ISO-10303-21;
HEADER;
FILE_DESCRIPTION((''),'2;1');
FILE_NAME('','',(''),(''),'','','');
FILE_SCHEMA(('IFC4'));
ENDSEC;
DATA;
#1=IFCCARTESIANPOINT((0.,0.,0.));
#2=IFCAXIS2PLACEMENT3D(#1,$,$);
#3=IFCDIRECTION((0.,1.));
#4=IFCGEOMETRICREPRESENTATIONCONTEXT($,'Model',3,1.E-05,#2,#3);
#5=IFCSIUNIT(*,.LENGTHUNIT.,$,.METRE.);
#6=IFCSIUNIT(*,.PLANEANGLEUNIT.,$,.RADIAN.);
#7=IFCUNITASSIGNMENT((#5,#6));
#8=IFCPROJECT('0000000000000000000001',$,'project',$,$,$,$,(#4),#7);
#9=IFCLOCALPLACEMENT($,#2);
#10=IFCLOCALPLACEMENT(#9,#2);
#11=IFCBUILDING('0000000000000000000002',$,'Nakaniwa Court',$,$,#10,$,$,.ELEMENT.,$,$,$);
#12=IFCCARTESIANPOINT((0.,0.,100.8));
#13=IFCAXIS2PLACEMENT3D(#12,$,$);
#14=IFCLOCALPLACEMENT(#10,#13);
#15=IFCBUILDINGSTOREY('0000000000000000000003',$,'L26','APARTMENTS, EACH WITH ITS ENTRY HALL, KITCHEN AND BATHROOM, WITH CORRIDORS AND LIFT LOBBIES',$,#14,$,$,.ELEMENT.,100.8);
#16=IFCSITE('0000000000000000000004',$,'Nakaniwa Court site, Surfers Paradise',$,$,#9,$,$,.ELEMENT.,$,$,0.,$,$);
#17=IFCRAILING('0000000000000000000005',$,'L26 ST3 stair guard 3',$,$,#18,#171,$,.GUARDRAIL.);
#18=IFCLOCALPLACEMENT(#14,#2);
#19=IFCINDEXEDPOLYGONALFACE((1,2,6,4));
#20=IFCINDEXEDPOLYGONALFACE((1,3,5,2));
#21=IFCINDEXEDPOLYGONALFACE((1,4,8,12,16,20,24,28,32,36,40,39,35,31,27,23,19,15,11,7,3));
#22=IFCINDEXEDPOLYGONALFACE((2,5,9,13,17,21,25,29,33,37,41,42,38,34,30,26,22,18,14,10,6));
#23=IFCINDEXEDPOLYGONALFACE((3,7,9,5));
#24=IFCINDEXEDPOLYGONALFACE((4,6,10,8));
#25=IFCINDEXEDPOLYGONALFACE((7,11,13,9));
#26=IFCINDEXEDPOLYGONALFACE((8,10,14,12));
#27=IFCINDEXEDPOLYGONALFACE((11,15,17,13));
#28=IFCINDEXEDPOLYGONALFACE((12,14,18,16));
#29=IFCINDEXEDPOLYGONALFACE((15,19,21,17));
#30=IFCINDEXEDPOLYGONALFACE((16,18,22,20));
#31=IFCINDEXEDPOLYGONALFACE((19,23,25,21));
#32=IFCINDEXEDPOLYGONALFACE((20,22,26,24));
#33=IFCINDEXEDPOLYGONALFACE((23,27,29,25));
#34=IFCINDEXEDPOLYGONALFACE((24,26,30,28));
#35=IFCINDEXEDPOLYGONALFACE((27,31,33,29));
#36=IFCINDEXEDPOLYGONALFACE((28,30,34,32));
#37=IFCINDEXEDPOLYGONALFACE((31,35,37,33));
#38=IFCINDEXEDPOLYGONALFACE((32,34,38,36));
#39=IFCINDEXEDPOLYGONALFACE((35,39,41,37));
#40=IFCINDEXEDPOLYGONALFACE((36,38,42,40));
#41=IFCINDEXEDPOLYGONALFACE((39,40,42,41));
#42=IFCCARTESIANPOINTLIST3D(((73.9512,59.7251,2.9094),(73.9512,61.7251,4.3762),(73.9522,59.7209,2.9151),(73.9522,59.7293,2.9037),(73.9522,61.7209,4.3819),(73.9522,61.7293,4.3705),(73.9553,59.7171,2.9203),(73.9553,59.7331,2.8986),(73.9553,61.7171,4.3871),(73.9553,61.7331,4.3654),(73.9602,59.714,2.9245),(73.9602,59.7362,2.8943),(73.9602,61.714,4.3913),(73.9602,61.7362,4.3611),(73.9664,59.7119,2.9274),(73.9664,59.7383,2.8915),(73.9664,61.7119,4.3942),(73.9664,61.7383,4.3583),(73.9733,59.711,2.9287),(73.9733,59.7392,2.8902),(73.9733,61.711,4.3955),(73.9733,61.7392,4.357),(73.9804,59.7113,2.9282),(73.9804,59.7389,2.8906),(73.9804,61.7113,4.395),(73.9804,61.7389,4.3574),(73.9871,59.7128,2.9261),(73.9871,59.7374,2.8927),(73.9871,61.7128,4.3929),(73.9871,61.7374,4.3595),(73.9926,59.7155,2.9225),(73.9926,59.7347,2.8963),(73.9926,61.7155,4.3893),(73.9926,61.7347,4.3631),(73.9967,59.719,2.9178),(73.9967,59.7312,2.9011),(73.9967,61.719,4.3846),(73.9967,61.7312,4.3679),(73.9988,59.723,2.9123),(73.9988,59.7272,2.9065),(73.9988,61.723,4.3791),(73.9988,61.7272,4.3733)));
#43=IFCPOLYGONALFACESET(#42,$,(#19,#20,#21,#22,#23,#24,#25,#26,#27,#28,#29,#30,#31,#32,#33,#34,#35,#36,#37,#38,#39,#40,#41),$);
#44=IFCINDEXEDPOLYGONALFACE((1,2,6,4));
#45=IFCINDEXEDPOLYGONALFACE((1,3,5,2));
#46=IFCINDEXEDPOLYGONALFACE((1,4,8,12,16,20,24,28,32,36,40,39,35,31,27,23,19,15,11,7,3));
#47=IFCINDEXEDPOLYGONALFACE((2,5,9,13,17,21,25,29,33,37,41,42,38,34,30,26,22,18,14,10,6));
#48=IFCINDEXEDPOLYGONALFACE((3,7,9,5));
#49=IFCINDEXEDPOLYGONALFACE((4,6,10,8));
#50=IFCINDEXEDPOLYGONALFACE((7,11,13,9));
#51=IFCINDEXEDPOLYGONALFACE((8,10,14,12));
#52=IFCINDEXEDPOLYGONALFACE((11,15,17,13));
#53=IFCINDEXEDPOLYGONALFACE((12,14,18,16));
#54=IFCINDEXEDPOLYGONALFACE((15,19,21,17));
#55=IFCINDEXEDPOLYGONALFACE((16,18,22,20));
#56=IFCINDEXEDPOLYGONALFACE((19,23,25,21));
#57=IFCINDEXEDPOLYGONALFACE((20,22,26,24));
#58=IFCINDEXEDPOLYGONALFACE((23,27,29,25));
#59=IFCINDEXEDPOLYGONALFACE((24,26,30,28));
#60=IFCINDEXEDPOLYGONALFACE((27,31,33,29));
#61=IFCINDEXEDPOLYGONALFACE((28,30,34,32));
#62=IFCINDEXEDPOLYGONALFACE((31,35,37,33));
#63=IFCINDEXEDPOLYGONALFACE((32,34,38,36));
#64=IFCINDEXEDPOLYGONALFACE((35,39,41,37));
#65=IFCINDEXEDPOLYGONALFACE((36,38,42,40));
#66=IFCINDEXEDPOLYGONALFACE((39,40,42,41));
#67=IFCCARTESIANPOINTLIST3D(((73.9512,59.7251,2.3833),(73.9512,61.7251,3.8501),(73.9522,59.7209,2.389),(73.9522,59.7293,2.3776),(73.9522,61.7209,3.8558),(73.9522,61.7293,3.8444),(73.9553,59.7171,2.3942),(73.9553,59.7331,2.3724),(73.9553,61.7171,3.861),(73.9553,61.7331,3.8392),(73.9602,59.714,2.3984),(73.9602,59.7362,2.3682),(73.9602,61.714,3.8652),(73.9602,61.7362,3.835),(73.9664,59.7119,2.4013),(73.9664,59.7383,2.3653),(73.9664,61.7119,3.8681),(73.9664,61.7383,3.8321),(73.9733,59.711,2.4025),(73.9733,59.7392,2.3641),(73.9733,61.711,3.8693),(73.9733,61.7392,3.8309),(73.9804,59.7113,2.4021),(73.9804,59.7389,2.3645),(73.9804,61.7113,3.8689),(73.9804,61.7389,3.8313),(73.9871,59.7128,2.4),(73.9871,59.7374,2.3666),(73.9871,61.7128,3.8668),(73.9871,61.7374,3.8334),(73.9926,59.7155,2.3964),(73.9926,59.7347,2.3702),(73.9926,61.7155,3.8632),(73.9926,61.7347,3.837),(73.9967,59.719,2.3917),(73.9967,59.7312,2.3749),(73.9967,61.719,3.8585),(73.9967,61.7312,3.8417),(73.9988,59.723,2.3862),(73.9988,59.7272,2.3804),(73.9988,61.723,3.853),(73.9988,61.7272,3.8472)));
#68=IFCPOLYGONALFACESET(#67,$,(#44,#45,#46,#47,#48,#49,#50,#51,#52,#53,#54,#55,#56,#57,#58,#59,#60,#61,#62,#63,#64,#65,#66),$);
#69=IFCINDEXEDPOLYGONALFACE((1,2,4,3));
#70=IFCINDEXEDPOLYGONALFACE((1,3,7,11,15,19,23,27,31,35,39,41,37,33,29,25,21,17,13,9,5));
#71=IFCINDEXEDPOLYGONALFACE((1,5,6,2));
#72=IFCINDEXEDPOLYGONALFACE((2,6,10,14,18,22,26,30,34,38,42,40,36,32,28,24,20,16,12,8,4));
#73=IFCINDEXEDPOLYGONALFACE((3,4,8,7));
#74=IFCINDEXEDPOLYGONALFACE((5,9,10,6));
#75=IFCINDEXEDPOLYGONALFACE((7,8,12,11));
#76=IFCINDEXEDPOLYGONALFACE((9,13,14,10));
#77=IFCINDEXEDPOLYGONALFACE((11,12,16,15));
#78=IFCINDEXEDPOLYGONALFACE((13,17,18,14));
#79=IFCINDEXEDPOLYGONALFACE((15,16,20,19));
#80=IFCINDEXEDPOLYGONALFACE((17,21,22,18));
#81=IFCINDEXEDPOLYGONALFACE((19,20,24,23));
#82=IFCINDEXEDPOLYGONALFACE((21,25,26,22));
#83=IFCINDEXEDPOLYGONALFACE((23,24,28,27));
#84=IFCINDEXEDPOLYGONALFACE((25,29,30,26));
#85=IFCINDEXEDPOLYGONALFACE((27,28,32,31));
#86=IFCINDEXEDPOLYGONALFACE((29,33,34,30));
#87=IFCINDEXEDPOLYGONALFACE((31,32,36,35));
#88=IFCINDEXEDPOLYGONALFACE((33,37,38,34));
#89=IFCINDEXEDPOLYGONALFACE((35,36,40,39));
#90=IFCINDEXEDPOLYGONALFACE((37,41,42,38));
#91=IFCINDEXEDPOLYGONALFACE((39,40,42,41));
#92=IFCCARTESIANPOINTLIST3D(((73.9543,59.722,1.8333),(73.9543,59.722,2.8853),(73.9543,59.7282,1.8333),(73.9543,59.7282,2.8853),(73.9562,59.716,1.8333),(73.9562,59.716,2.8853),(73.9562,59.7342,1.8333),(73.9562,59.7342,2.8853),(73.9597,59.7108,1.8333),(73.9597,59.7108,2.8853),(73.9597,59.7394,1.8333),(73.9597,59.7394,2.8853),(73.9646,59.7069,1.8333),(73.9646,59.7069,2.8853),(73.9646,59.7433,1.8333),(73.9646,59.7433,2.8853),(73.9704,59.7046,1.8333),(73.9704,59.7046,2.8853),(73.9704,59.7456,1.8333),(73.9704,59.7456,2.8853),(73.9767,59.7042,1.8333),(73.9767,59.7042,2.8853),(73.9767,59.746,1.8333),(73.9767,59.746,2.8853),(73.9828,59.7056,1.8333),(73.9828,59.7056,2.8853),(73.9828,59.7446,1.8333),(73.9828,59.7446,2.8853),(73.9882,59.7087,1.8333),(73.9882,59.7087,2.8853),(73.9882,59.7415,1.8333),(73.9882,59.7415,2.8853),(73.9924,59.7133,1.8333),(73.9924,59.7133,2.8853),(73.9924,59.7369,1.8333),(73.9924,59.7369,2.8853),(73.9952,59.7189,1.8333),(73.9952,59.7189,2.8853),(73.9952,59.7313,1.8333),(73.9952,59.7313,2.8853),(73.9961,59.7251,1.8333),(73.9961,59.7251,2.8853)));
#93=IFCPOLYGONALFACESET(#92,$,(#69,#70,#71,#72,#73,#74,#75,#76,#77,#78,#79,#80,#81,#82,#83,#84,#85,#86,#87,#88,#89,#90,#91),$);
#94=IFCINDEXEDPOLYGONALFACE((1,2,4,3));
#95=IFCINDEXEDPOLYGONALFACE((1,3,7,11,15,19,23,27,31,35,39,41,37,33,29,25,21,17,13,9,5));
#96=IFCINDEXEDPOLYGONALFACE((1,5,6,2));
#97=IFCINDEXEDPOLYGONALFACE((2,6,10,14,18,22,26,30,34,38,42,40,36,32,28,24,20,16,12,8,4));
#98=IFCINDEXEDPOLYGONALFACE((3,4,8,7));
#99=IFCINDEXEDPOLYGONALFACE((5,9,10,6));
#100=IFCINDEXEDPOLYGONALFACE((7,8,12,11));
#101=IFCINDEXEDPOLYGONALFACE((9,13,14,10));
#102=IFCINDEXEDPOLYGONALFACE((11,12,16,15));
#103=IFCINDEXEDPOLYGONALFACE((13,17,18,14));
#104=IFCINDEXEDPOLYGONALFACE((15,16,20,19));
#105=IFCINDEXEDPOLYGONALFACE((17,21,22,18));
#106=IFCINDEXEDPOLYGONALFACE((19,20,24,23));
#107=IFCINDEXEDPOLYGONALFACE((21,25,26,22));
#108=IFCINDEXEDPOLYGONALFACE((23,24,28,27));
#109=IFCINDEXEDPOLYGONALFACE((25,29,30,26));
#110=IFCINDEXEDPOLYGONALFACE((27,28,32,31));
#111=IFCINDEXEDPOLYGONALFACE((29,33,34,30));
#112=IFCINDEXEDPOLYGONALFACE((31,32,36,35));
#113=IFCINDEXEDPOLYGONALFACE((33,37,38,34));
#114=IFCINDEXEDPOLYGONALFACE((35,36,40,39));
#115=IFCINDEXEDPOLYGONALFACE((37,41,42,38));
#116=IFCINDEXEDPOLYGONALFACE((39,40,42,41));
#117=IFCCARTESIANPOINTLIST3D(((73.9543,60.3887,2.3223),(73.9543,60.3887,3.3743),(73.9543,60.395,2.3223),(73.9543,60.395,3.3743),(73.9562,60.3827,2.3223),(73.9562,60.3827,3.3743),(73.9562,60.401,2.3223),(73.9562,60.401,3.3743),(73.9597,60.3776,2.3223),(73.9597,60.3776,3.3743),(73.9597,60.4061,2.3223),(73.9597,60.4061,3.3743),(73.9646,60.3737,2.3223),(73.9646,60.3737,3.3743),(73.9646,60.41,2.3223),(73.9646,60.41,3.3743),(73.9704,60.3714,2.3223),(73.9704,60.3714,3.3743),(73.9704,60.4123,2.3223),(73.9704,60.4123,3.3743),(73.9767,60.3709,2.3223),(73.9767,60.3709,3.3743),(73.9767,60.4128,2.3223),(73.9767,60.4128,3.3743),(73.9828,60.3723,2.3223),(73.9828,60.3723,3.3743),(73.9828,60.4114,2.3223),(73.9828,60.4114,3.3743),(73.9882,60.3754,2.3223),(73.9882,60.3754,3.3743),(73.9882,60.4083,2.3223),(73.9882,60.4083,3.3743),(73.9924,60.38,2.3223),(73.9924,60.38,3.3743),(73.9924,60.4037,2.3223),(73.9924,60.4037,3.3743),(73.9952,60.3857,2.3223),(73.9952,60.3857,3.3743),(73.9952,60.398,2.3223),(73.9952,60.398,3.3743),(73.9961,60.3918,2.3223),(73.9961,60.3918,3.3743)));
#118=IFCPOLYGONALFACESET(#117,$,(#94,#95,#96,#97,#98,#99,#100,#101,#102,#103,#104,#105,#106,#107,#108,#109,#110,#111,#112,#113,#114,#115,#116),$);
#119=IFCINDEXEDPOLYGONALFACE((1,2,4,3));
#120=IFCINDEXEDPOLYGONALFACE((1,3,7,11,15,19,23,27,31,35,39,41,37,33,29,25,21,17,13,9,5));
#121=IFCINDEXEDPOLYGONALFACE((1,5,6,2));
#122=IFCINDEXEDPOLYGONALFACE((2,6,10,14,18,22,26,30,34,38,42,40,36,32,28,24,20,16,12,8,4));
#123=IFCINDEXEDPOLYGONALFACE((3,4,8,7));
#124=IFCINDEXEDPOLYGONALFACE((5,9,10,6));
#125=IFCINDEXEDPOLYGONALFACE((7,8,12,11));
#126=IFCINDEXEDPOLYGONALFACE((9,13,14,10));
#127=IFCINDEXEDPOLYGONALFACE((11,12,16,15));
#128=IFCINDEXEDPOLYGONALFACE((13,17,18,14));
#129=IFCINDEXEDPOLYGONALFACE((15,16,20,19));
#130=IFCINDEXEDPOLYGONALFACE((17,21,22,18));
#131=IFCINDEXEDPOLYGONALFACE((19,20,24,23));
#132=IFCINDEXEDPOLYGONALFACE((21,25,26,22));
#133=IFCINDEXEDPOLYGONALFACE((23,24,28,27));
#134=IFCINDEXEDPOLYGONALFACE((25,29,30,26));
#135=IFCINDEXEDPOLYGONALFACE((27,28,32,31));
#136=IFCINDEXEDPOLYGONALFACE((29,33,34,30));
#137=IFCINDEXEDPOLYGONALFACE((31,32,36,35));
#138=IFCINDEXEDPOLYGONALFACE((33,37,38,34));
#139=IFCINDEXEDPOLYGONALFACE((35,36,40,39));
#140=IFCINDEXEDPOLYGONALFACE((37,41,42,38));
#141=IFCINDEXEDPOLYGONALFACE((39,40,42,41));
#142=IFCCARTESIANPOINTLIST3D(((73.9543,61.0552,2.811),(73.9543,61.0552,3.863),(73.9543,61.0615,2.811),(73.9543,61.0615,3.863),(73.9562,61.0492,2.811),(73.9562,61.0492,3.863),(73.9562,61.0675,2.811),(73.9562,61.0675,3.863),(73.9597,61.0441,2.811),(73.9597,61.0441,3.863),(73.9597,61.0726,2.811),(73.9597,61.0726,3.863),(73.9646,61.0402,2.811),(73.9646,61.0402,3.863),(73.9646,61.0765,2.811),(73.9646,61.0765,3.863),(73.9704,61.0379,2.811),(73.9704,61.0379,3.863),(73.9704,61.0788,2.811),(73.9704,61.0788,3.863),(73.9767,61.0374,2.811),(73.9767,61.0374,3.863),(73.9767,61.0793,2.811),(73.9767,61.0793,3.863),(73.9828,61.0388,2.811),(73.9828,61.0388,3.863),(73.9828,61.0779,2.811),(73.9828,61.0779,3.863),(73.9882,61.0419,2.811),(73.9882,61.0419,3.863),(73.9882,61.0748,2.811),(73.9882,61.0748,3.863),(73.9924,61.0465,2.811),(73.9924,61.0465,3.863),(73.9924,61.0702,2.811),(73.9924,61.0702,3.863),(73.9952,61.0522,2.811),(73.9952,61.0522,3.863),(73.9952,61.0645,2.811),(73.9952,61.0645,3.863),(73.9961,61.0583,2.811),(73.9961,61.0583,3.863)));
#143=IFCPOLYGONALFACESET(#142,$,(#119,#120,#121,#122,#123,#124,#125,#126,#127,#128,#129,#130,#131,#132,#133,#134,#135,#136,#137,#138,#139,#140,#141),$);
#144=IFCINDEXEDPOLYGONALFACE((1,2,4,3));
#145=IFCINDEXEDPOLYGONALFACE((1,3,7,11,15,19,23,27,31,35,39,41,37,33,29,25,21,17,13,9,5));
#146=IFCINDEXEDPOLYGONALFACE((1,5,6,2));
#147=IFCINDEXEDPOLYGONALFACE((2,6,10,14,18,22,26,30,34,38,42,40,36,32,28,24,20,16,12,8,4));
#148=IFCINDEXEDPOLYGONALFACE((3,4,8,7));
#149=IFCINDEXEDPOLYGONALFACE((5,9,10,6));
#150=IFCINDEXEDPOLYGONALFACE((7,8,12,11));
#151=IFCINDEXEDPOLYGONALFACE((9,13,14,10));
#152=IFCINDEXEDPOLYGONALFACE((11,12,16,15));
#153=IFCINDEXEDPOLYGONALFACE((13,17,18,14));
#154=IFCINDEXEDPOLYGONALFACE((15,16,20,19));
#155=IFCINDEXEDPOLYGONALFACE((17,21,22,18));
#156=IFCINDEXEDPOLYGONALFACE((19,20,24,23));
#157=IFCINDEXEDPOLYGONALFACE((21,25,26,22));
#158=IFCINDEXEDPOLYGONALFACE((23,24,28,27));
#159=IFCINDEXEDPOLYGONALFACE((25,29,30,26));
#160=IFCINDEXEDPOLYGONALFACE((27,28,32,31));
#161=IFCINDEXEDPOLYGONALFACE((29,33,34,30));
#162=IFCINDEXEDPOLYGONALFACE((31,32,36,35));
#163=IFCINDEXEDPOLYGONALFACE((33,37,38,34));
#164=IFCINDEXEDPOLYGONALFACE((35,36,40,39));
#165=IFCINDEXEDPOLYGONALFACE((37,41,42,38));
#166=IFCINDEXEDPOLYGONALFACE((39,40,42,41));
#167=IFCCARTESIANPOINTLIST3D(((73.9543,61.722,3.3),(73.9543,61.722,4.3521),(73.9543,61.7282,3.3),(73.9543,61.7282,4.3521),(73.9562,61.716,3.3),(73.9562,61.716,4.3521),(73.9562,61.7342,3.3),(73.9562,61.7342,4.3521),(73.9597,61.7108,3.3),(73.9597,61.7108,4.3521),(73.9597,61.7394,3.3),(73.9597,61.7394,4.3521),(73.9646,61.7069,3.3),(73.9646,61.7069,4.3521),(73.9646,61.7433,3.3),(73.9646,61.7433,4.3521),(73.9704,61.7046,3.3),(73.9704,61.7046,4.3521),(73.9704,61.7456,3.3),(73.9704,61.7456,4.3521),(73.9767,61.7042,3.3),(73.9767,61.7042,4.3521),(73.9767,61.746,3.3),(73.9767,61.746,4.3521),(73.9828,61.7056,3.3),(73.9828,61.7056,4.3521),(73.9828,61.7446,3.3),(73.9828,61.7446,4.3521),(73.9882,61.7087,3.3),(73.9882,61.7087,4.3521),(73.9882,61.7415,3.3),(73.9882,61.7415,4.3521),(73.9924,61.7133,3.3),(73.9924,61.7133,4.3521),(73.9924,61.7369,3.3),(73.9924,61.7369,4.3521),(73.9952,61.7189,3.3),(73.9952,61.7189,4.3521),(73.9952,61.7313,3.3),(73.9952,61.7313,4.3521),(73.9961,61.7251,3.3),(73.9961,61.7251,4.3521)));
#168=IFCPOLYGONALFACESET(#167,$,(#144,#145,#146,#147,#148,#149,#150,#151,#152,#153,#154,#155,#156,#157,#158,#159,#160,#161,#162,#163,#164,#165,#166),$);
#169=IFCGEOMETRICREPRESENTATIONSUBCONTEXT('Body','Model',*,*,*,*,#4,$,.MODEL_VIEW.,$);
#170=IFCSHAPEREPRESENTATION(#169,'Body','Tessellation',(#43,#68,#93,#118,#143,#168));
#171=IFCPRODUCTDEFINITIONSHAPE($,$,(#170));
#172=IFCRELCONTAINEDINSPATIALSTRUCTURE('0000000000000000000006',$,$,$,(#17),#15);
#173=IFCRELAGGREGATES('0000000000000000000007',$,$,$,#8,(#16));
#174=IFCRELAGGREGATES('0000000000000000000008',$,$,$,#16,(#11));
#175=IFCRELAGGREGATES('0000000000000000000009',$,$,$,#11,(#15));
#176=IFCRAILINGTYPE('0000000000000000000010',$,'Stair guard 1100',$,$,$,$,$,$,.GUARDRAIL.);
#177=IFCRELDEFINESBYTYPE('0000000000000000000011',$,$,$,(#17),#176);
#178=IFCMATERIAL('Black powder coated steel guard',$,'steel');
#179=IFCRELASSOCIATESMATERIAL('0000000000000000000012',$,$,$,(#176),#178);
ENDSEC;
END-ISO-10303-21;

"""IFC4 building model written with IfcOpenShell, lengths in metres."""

from ifc_helpers import new_model, si_unit, direction, frame, origin, origin_2d, place, context, subcontext, project, spatial, circle, extrude, material, type_object, element, save


model = new_model("IFC4")

# Units and contexts
model_context = context("Model", 3, precision=1e-05, world=origin(), true_north=direction((0.0, 1.0)))
body_context = subcontext(model_context, "Body", "Model", "MODEL_VIEW")
ifc_project = project(units=[si_unit("LENGTHUNIT", "METRE"), si_unit("PLANEANGLEUNIT", "RADIAN")], contexts=[model_context])

# Site, building, storey
site_placement = place(None, origin())
site = spatial("IfcSite", under=ifc_project, at=site_placement, Name="Nakaniwa Court site, Surfers Paradise", CompositionType="ELEMENT", RefElevation=0.0)
building_placement = place(site_placement, origin())
building = spatial("IfcBuilding", under=site, at=building_placement, Name="Nakaniwa Court", CompositionType="ELEMENT")
storey_placement = place(building_placement, frame((0.0, 0.0, 100.8)))
storey = spatial("IfcBuildingStorey", under=building, at=storey_placement, Name="L26", Description="APARTMENTS, EACH WITH ITS ENTRY HALL, KITCHEN AND BATHROOM, WITH CORRIDORS AND LIFT LOBBIES", CompositionType="ELEMENT", Elevation=100.8)

# Railing
ifc_material_1 = material(Name="Black powder coated steel guard", Category="steel")
railing_type_1 = type_object("IfcRailingType", Name="Stair guard 1100", PredefinedType="GUARDRAIL", material=ifc_material_1)
railing_1_placement = place(storey_placement, frame((73.9751, 59.7251, 1.8333)))
element("IfcRailing", 1, at=railing_1_placement, inside=storey, type_object=railing_type_1, Name="L26 ST3 stair guard 3", PredefinedType="GUARDRAIL", context=body_context, shape_type="SweptSolid", body=[
    extrude(circle(Radius=0.0239, at=origin_2d()), frame((0.0, 0.0, 1.0762), z_axis=(0.0, 0.80638, 0.591398), x_axis=(-1.0, 0.0, 0.0)), (0.0, 0.0, 1.0), 2.4802),
    extrude(circle(Radius=0.0239, at=origin_2d()), frame((0.0, 0.0, 0.55), z_axis=(0.0, 0.80638, 0.591398), x_axis=(-1.0, 0.0, 0.0)), (0.0, 0.0, 1.0), 2.4802),
    extrude(circle(Radius=0.021, at=origin_2d()), origin(), (0.0, 0.0, 1.0), 1.052),
    extrude(circle(Radius=0.021, at=origin_2d()), frame((0.0, 0.6667, 0.489)), (0.0, 0.0, 1.0), 1.052),
    extrude(circle(Radius=0.021, at=origin_2d()), frame((0.0, 1.3333, 0.9778)), (0.0, 0.0, 1.0), 1.052),
    extrude(circle(Radius=0.021, at=origin_2d()), frame((0.0, 2.0, 1.4668)), (0.0, 0.0, 1.0), 1.052),
])

save(model, "model.ifc")
